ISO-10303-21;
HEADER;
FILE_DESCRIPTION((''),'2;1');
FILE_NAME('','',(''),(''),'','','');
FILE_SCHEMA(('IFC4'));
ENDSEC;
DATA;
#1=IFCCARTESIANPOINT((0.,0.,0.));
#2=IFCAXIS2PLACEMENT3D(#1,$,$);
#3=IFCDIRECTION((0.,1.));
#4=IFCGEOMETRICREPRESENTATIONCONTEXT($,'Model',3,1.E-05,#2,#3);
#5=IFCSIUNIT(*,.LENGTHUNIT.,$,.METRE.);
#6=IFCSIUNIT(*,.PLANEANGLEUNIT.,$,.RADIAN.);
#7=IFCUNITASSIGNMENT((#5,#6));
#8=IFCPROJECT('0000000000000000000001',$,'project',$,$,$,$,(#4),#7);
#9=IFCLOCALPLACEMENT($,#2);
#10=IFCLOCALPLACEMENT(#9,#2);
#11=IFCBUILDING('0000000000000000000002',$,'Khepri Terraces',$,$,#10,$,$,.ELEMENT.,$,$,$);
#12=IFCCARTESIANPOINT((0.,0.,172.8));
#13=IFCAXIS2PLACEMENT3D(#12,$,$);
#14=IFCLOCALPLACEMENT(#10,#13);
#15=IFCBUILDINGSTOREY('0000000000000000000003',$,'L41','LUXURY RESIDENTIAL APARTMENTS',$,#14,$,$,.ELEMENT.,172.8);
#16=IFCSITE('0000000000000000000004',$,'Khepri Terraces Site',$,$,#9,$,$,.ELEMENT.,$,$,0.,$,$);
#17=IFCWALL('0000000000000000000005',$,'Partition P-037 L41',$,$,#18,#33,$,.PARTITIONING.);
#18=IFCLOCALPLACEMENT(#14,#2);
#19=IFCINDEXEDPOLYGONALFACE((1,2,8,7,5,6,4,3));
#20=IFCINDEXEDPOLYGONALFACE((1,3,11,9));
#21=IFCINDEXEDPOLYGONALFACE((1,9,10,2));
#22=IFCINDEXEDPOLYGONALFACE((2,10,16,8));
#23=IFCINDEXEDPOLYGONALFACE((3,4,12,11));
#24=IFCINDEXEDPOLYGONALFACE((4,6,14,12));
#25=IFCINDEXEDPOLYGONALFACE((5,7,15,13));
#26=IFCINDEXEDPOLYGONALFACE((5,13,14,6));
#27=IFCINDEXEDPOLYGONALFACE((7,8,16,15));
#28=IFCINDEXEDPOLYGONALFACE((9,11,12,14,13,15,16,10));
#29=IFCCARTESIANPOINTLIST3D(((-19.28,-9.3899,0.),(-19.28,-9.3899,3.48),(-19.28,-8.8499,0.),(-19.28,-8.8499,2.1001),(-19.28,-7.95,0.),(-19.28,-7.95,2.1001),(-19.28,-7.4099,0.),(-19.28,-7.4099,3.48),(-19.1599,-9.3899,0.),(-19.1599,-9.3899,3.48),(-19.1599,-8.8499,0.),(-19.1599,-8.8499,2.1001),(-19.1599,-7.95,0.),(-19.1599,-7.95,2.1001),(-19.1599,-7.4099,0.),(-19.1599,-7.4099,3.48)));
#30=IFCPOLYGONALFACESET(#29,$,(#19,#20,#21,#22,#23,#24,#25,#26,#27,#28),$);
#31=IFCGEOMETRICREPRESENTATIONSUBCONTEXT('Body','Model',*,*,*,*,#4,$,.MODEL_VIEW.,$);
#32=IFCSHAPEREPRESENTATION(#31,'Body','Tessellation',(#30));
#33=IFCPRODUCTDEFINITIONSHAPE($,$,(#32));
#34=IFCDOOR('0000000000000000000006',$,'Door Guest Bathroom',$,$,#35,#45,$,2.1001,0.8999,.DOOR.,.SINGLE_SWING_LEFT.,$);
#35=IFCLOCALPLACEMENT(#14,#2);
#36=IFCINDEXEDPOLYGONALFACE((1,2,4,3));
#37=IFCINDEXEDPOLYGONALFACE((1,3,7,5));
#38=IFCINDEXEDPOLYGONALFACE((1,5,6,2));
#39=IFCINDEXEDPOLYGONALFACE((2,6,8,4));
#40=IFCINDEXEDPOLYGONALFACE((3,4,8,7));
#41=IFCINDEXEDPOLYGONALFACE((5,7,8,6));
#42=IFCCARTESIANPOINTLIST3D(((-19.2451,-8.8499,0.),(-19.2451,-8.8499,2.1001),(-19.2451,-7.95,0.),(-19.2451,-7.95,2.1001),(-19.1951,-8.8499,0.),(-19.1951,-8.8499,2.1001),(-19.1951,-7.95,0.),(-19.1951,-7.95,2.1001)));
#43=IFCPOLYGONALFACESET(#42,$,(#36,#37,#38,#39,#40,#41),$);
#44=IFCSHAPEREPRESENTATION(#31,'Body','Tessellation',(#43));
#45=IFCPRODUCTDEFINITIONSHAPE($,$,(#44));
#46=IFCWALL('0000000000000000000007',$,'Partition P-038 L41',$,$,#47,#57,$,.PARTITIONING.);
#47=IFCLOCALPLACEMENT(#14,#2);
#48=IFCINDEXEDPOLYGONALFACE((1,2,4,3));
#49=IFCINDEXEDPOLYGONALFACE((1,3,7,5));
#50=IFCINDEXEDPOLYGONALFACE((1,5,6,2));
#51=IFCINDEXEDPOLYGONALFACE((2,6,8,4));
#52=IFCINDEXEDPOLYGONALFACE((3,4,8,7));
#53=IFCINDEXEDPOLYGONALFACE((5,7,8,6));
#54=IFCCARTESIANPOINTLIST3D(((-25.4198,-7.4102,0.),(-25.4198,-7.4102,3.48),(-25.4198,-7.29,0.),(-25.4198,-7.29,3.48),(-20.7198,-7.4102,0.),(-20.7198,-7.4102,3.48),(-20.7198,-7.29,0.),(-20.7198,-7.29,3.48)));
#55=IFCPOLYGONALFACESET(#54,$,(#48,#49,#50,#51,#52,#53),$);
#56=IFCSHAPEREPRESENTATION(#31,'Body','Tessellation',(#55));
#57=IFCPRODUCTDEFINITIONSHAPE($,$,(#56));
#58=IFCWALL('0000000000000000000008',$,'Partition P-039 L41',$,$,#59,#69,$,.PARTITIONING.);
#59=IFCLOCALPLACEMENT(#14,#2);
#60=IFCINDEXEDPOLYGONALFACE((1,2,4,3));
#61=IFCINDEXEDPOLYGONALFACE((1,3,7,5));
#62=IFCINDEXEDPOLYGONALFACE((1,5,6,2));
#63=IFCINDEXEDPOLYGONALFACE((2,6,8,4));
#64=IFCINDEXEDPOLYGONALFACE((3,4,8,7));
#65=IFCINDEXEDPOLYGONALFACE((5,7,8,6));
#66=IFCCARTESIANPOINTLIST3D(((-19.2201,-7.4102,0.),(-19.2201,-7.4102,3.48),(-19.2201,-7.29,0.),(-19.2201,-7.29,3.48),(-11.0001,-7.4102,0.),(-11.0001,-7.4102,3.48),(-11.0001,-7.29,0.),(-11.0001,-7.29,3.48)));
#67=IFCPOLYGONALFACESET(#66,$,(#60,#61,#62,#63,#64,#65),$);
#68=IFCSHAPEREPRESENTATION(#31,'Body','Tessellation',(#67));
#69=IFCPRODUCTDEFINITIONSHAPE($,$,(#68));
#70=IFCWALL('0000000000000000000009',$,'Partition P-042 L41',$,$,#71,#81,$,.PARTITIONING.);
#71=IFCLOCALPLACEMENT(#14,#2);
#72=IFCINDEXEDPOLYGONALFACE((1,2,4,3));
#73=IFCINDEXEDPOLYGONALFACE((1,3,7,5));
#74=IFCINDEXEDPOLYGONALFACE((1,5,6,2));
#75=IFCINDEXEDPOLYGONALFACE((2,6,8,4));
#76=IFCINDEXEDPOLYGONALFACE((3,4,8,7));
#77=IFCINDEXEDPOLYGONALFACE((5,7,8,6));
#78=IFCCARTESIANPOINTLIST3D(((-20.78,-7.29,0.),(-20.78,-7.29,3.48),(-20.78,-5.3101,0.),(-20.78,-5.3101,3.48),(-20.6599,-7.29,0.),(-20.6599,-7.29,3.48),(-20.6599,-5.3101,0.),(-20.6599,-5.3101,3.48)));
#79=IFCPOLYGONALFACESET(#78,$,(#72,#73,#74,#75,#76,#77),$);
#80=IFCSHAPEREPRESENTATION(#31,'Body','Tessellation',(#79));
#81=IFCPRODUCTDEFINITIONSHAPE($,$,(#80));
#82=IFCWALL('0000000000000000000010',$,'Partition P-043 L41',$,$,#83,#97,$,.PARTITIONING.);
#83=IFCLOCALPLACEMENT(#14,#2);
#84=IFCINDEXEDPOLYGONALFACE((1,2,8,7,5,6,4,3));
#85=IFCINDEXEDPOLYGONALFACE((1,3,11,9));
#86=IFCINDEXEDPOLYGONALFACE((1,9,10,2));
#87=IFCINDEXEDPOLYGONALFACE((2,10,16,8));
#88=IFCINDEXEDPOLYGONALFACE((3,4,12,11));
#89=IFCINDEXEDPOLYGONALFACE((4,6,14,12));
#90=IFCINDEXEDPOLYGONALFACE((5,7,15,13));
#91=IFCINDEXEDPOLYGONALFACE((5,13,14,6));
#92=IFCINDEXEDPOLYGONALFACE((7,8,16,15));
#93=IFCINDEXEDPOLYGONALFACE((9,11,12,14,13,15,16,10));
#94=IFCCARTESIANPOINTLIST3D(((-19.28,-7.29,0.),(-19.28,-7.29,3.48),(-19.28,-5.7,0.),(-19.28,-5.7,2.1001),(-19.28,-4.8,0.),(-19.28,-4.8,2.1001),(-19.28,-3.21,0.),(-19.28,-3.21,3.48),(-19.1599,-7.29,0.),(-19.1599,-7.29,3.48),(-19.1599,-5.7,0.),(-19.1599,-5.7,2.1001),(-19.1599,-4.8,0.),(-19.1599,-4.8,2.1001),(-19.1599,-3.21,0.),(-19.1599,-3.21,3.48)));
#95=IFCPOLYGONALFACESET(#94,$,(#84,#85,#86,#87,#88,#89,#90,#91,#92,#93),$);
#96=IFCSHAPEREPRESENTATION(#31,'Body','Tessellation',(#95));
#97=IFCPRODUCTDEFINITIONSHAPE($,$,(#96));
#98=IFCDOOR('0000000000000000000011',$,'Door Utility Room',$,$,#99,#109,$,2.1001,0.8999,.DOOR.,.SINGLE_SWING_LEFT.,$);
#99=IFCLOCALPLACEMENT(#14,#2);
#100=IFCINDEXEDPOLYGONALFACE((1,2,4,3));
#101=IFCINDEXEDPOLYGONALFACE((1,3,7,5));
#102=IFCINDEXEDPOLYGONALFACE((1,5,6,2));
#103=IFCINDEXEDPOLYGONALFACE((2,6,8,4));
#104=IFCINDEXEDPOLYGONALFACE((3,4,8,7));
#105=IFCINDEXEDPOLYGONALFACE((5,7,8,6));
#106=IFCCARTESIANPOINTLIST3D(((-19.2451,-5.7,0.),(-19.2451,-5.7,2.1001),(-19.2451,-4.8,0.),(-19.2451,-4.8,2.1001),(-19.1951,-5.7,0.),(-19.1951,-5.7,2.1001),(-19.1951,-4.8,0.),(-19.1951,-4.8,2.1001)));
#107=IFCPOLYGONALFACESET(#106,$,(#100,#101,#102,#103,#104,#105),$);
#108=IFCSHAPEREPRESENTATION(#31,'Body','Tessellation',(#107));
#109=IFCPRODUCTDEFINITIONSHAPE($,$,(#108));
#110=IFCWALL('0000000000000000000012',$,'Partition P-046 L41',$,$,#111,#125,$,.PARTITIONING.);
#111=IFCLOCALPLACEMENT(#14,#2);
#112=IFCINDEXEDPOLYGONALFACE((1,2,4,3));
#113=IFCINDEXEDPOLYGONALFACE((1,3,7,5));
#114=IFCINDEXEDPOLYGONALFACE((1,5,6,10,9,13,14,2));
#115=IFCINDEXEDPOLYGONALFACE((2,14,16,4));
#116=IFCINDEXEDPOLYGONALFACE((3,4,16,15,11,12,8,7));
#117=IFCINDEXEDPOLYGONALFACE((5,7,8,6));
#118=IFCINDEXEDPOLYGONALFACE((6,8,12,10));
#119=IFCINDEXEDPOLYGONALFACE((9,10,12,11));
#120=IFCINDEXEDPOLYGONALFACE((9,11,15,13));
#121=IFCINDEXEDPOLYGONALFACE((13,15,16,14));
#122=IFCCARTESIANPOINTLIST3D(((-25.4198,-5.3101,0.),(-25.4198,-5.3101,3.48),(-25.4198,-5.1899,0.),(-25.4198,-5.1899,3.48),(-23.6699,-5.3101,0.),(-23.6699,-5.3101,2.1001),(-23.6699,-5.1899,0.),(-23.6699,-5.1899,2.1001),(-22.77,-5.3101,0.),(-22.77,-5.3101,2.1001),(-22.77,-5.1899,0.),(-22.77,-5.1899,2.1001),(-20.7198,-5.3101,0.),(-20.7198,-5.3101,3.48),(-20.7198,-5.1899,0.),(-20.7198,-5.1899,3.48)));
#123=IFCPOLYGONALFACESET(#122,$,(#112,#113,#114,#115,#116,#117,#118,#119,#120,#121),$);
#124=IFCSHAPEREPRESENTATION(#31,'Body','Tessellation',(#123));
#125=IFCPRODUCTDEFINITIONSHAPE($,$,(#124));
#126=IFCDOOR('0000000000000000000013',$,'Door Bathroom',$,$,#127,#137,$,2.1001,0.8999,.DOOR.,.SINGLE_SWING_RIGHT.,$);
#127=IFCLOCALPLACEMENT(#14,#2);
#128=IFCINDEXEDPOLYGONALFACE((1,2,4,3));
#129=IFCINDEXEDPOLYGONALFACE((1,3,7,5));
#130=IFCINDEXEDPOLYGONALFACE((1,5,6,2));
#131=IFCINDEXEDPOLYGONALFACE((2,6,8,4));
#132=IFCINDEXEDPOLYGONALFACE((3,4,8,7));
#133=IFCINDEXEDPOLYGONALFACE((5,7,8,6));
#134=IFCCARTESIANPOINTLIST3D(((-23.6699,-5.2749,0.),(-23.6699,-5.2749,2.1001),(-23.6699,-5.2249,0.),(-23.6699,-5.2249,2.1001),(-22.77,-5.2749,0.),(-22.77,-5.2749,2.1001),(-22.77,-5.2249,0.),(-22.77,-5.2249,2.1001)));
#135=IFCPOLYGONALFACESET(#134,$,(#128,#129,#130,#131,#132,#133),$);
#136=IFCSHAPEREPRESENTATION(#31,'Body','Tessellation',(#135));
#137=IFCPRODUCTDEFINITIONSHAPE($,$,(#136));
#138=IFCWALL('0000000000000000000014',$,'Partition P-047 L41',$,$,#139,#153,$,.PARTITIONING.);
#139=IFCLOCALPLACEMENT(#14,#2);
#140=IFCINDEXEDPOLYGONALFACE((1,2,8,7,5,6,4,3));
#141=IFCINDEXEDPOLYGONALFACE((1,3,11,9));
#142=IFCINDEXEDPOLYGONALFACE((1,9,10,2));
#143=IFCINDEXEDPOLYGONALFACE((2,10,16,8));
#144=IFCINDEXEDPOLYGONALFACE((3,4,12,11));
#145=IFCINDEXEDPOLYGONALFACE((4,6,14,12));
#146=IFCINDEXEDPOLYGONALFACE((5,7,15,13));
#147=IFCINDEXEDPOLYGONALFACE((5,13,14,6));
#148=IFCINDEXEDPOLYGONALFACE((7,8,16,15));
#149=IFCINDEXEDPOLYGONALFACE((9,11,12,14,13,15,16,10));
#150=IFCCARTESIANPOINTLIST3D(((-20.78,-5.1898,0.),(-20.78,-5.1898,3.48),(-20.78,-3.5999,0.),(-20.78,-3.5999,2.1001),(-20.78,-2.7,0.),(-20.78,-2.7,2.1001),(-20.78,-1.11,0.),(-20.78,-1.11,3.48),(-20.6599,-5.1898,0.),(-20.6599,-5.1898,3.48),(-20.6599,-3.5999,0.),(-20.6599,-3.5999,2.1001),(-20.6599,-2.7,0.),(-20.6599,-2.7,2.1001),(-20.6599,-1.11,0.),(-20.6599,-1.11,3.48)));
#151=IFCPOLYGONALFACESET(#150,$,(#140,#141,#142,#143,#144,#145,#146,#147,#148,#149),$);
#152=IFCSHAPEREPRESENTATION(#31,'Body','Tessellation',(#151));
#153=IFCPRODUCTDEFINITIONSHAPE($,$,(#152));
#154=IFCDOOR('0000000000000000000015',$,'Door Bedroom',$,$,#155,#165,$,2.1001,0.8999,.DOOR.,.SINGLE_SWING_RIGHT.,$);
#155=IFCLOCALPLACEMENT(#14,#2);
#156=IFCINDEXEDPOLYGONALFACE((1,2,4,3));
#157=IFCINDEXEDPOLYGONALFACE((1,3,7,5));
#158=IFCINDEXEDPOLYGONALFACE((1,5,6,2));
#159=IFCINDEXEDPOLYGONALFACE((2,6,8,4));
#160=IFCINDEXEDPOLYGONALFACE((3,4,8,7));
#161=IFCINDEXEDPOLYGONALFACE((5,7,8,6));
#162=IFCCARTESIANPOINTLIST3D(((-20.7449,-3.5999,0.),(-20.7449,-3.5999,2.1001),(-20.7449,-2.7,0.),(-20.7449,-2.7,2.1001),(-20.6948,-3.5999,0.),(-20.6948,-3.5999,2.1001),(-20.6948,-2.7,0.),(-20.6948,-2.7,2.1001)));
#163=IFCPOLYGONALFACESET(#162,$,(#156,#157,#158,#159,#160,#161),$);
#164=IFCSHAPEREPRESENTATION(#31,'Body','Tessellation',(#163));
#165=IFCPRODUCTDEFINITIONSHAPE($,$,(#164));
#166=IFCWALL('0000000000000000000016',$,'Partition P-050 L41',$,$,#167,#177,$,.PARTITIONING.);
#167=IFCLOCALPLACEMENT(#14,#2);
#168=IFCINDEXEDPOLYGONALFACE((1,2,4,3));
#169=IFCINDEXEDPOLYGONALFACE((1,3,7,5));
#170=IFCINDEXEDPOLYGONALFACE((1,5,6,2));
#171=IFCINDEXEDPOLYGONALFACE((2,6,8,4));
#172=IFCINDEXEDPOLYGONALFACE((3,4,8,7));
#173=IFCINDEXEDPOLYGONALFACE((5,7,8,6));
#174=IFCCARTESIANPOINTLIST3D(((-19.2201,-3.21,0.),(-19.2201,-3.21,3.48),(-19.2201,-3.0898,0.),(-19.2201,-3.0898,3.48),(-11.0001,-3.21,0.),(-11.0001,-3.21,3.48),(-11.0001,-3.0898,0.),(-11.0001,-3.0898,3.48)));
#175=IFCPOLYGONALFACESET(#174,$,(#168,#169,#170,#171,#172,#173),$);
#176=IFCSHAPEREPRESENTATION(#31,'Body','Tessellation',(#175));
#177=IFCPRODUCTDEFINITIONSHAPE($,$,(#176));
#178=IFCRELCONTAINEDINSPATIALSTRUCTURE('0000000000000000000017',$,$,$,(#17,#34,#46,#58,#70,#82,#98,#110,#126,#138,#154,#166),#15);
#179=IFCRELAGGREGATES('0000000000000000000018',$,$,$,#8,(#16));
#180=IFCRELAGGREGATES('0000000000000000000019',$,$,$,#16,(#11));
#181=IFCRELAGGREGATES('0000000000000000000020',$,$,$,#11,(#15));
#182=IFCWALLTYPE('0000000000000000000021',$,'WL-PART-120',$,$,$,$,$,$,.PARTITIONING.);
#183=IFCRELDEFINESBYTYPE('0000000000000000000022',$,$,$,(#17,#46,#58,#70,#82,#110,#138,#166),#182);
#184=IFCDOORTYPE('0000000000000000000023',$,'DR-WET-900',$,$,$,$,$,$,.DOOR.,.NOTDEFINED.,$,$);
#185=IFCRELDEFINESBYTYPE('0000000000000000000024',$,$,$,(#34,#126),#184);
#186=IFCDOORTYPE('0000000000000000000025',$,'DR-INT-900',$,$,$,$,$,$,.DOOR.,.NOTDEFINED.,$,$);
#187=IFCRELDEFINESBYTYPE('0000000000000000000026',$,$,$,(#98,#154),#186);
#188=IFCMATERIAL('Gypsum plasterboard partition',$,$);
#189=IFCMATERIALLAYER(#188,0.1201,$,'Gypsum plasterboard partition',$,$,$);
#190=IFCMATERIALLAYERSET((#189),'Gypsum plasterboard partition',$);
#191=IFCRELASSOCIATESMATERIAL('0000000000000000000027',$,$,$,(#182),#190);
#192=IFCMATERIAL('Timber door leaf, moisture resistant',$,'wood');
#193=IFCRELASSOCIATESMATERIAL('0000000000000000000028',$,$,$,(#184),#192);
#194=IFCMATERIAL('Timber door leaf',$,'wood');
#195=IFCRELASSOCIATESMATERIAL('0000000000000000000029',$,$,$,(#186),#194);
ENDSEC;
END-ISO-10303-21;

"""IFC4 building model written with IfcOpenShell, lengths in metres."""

from ifc_helpers import new_model, si_unit, direction, frame, frame_2d, origin, place, context, subcontext, project, spatial, rectangle, extrude, material, layer, layer_set, type_object, element, fill, save


model = new_model("IFC4")

# Units and contexts
model_context = context("Model", 3, precision=1e-05, world=origin(), true_north=direction((0.0, 1.0)))
body_context = subcontext(model_context, "Body", "Model", "MODEL_VIEW")
ifc_project = project(units=[si_unit("LENGTHUNIT", "METRE"), si_unit("PLANEANGLEUNIT", "RADIAN")], contexts=[model_context])

# Site, building, storey
site_placement = place(None, origin())
site = spatial("IfcSite", under=ifc_project, at=site_placement, Name="Khepri Terraces Site", CompositionType="ELEMENT", RefElevation=0.0)
building_placement = place(site_placement, origin())
building = spatial("IfcBuilding", under=site, at=building_placement, Name="Khepri Terraces", CompositionType="ELEMENT")
storey_placement = place(building_placement, frame((0.0, 0.0, 172.8)))
storey = spatial("IfcBuildingStorey", under=building, at=storey_placement, Name="L41", Description="LUXURY RESIDENTIAL APARTMENTS", CompositionType="ELEMENT", Elevation=172.8)

# Shared definitions
ifc_material_1 = material(Name="Gypsum plasterboard partition")
ifc_layer_1 = layer(ifc_material_1, 0.1201, Name="Gypsum plasterboard partition")
ifc_layer_set_1 = layer_set([ifc_layer_1], Name="Gypsum plasterboard partition")
wall_type_1 = type_object("IfcWallType", Name="WL-PART-120", PredefinedType="PARTITIONING", material=ifc_layer_set_1)

# Wall, opening, door
wall_1_placement = place(storey_placement, frame((-19.22, -9.3899, 0.0), z_axis=(0.0, 0.0, 1.0), x_axis=(0.0, 1.0, 0.0)))
wall_1 = element("IfcWall", 1, at=wall_1_placement, inside=storey, type_object=wall_type_1, Name="Partition P-037 L41", PredefinedType="PARTITIONING", context=body_context, shape_type="SweptSolid", body=[
    extrude(rectangle(XDim=1.98, YDim=0.1201, at=frame_2d((0.99, 0.0))), origin(), (0.0, 0.0, 1.0), 3.48),
])
opening_1_placement = place(wall_1_placement, frame((0.54, 0.0, 0.0)))
opening_1 = element("IfcOpeningElement", 2, at=opening_1_placement, cuts=wall_1, PredefinedType="OPENING", context=body_context, shape_type="SweptSolid", body=[
    extrude(rectangle(XDim=0.8999, YDim=2.1001, at=frame_2d((0.45, 1.05))), frame((0.0, 0.0701, 0.0), z_axis=(0.0, -1.0, 0.0), x_axis=(1.0, 0.0, 0.0)), (0.0, 0.0, 1.0), 0.1401),
])
ifc_material_2 = material(Name="Timber door leaf, moisture resistant", Category="wood")
door_type_1 = type_object("IfcDoorType", Name="DR-WET-900", OperationType="NOTDEFINED", PredefinedType="DOOR", material=ifc_material_2)
door_1_placement = place(opening_1_placement, frame((0.8999, 0.0, 0.0), z_axis=(0.0, 0.0, 1.0), x_axis=(-1.0, 0.0, 0.0)))
door_1 = element("IfcDoor", 3, at=door_1_placement, inside=storey, type_object=door_type_1, Name="Door Guest Bathroom", OperationType="SINGLE_SWING_LEFT", OverallHeight=2.1001, OverallWidth=0.8999, PredefinedType="DOOR", context=body_context, shape_type="SweptSolid", body=[
    extrude(rectangle(XDim=0.8999, YDim=2.1001, at=frame_2d((0.45, 1.05))), frame((0.0, 0.0249, 0.0), z_axis=(0.0, -1.0, 0.0), x_axis=(1.0, 0.0, 0.0)), (0.0, 0.0, 1.0), 0.05),
])
fill(opening_1, door_1)

# Walls
wall_2_placement = place(storey_placement, frame((-25.4199, -7.3501, 0.0), z_axis=(0.0, 0.0, 1.0), x_axis=(1.0, 0.0, 0.0)))
element("IfcWall", 4, at=wall_2_placement, inside=storey, type_object=wall_type_1, Name="Partition P-038 L41", PredefinedType="PARTITIONING", context=body_context, shape_type="SweptSolid", body=[
    extrude(rectangle(XDim=4.7, YDim=0.1201, at=frame_2d((2.3501, 0.0))), origin(), (0.0, 0.0, 1.0), 3.48),
])
wall_3_placement = place(storey_placement, frame((-19.22, -7.3501, 0.0), z_axis=(0.0, 0.0, 1.0), x_axis=(1.0, 0.0, 0.0)))
element("IfcWall", 5, at=wall_3_placement, inside=storey, type_object=wall_type_1, Name="Partition P-039 L41", PredefinedType="PARTITIONING", context=body_context, shape_type="SweptSolid", body=[
    extrude(rectangle(XDim=8.22, YDim=0.1201, at=frame_2d((4.1099, 0.0))), origin(), (0.0, 0.0, 1.0), 3.48),
])
wall_4_placement = place(storey_placement, frame((-20.72, -7.29, 0.0), z_axis=(0.0, 0.0, 1.0), x_axis=(0.0, 1.0, 0.0)))
element("IfcWall", 6, at=wall_4_placement, inside=storey, type_object=wall_type_1, Name="Partition P-042 L41", PredefinedType="PARTITIONING", context=body_context, shape_type="SweptSolid", body=[
    extrude(rectangle(XDim=1.98, YDim=0.1201, at=frame_2d((0.99, 0.0))), origin(), (0.0, 0.0, 1.0), 3.48),
])

# Walls, openings, doors
wall_5_placement = place(storey_placement, frame((-19.22, -7.29, 0.0), z_axis=(0.0, 0.0, 1.0), x_axis=(0.0, 1.0, 0.0)))
wall_5 = element("IfcWall", 7, at=wall_5_placement, inside=storey, type_object=wall_type_1, Name="Partition P-043 L41", PredefinedType="PARTITIONING", context=body_context, shape_type="SweptSolid", body=[
    extrude(rectangle(XDim=4.0801, YDim=0.1201, at=frame_2d((2.04, 0.0))), origin(), (0.0, 0.0, 1.0), 3.48),
])
opening_2_placement = place(wall_5_placement, frame((1.5901, 0.0, 0.0)))
opening_2 = element("IfcOpeningElement", 8, at=opening_2_placement, cuts=wall_5, PredefinedType="OPENING", context=body_context, shape_type="SweptSolid", body=[
    extrude(rectangle(XDim=0.8999, YDim=2.1001, at=frame_2d((0.45, 1.05))), frame((0.0, 0.0701, 0.0), z_axis=(0.0, -1.0, 0.0), x_axis=(1.0, 0.0, 0.0)), (0.0, 0.0, 1.0), 0.1401),
])
ifc_material_3 = material(Name="Timber door leaf", Category="wood")
door_type_2 = type_object("IfcDoorType", Name="DR-INT-900", OperationType="NOTDEFINED", PredefinedType="DOOR", material=ifc_material_3)
door_2_placement = place(opening_2_placement, frame((0.8999, 0.0, 0.0), z_axis=(0.0, 0.0, 1.0), x_axis=(-1.0, 0.0, 0.0)))
door_2 = element("IfcDoor", 9, at=door_2_placement, inside=storey, type_object=door_type_2, Name="Door Utility Room", OperationType="SINGLE_SWING_LEFT", OverallHeight=2.1001, OverallWidth=0.8999, PredefinedType="DOOR", context=body_context, shape_type="SweptSolid", body=[
    extrude(rectangle(XDim=0.8999, YDim=2.1001, at=frame_2d((0.45, 1.05))), frame((0.0, 0.0249, 0.0), z_axis=(0.0, -1.0, 0.0), x_axis=(1.0, 0.0, 0.0)), (0.0, 0.0, 1.0), 0.05),
])
fill(opening_2, door_2)
wall_6_placement = place(storey_placement, frame((-25.4199, -5.25, 0.0), z_axis=(0.0, 0.0, 1.0), x_axis=(1.0, 0.0, 0.0)))
wall_6 = element("IfcWall", 10, at=wall_6_placement, inside=storey, type_object=wall_type_1, Name="Partition P-046 L41", PredefinedType="PARTITIONING", context=body_context, shape_type="SweptSolid", body=[
    extrude(rectangle(XDim=4.7, YDim=0.1201, at=frame_2d((2.3501, 0.0))), origin(), (0.0, 0.0, 1.0), 3.48),
])
opening_3_placement = place(wall_6_placement, frame((1.75, 0.0, 0.0)))
opening_3 = element("IfcOpeningElement", 11, at=opening_3_placement, cuts=wall_6, PredefinedType="OPENING", context=body_context, shape_type="SweptSolid", body=[
    extrude(rectangle(XDim=0.8999, YDim=2.1001, at=frame_2d((0.45, 1.05))), frame((0.0, 0.0701, 0.0), z_axis=(0.0, -1.0, 0.0), x_axis=(1.0, 0.0, 0.0)), (0.0, 0.0, 1.0), 0.1401),
])
door_3_placement = place(opening_3_placement, frame((0.8999, 0.0, 0.0), z_axis=(0.0, 0.0, 1.0), x_axis=(-1.0, 0.0, 0.0)))
door_3 = element("IfcDoor", 12, at=door_3_placement, inside=storey, type_object=door_type_1, Name="Door Bathroom", OperationType="SINGLE_SWING_RIGHT", OverallHeight=2.1001, OverallWidth=0.8999, PredefinedType="DOOR", context=body_context, shape_type="SweptSolid", body=[
    extrude(rectangle(XDim=0.8999, YDim=2.1001, at=frame_2d((0.45, 1.05))), frame((0.0, 0.0249, 0.0), z_axis=(0.0, -1.0, 0.0), x_axis=(1.0, 0.0, 0.0)), (0.0, 0.0, 1.0), 0.05),
])
fill(opening_3, door_3)
wall_7_placement = place(storey_placement, frame((-20.72, -5.1899, 0.0), z_axis=(0.0, 0.0, 1.0), x_axis=(0.0, 1.0, 0.0)))
wall_7 = element("IfcWall", 13, at=wall_7_placement, inside=storey, type_object=wall_type_1, Name="Partition P-047 L41", PredefinedType="PARTITIONING", context=body_context, shape_type="SweptSolid", body=[
    extrude(rectangle(XDim=4.0798, YDim=0.1201, at=frame_2d((2.04, 0.0))), origin(), (0.0, 0.0, 1.0), 3.48),
])
opening_4_placement = place(wall_7_placement, frame((1.5901, 0.0, 0.0)))
opening_4 = element("IfcOpeningElement", 14, at=opening_4_placement, cuts=wall_7, PredefinedType="OPENING", context=body_context, shape_type="SweptSolid", body=[
    extrude(rectangle(XDim=0.8999, YDim=2.1001, at=frame_2d((0.45, 1.05))), frame((0.0, 0.0701, 0.0), z_axis=(0.0, -1.0, 0.0), x_axis=(1.0, 0.0, 0.0)), (0.0, 0.0, 1.0), 0.1401),
])
door_4_placement = place(opening_4_placement, origin())
door_4 = element("IfcDoor", 15, at=door_4_placement, inside=storey, type_object=door_type_2, Name="Door Bedroom", OperationType="SINGLE_SWING_RIGHT", OverallHeight=2.1001, OverallWidth=0.8999, PredefinedType="DOOR", context=body_context, shape_type="SweptSolid", body=[
    extrude(rectangle(XDim=0.8999, YDim=2.1001, at=frame_2d((0.45, 1.05))), frame((0.0, 0.0249, 0.0), z_axis=(0.0, -1.0, 0.0), x_axis=(1.0, 0.0, 0.0)), (0.0, 0.0, 1.0), 0.05),
])
fill(opening_4, door_4)

# Wall
wall_8_placement = place(storey_placement, frame((-19.22, -3.1499, 0.0), z_axis=(0.0, 0.0, 1.0), x_axis=(1.0, 0.0, 0.0)))
element("IfcWall", 16, at=wall_8_placement, inside=storey, type_object=wall_type_1, Name="Partition P-050 L41", PredefinedType="PARTITIONING", context=body_context, shape_type="SweptSolid", body=[
    extrude(rectangle(XDim=8.22, YDim=0.1201, at=frame_2d((4.1099, 0.0))), origin(), (0.0, 0.0, 1.0), 3.48),
])

save(model, "model.ifc")
